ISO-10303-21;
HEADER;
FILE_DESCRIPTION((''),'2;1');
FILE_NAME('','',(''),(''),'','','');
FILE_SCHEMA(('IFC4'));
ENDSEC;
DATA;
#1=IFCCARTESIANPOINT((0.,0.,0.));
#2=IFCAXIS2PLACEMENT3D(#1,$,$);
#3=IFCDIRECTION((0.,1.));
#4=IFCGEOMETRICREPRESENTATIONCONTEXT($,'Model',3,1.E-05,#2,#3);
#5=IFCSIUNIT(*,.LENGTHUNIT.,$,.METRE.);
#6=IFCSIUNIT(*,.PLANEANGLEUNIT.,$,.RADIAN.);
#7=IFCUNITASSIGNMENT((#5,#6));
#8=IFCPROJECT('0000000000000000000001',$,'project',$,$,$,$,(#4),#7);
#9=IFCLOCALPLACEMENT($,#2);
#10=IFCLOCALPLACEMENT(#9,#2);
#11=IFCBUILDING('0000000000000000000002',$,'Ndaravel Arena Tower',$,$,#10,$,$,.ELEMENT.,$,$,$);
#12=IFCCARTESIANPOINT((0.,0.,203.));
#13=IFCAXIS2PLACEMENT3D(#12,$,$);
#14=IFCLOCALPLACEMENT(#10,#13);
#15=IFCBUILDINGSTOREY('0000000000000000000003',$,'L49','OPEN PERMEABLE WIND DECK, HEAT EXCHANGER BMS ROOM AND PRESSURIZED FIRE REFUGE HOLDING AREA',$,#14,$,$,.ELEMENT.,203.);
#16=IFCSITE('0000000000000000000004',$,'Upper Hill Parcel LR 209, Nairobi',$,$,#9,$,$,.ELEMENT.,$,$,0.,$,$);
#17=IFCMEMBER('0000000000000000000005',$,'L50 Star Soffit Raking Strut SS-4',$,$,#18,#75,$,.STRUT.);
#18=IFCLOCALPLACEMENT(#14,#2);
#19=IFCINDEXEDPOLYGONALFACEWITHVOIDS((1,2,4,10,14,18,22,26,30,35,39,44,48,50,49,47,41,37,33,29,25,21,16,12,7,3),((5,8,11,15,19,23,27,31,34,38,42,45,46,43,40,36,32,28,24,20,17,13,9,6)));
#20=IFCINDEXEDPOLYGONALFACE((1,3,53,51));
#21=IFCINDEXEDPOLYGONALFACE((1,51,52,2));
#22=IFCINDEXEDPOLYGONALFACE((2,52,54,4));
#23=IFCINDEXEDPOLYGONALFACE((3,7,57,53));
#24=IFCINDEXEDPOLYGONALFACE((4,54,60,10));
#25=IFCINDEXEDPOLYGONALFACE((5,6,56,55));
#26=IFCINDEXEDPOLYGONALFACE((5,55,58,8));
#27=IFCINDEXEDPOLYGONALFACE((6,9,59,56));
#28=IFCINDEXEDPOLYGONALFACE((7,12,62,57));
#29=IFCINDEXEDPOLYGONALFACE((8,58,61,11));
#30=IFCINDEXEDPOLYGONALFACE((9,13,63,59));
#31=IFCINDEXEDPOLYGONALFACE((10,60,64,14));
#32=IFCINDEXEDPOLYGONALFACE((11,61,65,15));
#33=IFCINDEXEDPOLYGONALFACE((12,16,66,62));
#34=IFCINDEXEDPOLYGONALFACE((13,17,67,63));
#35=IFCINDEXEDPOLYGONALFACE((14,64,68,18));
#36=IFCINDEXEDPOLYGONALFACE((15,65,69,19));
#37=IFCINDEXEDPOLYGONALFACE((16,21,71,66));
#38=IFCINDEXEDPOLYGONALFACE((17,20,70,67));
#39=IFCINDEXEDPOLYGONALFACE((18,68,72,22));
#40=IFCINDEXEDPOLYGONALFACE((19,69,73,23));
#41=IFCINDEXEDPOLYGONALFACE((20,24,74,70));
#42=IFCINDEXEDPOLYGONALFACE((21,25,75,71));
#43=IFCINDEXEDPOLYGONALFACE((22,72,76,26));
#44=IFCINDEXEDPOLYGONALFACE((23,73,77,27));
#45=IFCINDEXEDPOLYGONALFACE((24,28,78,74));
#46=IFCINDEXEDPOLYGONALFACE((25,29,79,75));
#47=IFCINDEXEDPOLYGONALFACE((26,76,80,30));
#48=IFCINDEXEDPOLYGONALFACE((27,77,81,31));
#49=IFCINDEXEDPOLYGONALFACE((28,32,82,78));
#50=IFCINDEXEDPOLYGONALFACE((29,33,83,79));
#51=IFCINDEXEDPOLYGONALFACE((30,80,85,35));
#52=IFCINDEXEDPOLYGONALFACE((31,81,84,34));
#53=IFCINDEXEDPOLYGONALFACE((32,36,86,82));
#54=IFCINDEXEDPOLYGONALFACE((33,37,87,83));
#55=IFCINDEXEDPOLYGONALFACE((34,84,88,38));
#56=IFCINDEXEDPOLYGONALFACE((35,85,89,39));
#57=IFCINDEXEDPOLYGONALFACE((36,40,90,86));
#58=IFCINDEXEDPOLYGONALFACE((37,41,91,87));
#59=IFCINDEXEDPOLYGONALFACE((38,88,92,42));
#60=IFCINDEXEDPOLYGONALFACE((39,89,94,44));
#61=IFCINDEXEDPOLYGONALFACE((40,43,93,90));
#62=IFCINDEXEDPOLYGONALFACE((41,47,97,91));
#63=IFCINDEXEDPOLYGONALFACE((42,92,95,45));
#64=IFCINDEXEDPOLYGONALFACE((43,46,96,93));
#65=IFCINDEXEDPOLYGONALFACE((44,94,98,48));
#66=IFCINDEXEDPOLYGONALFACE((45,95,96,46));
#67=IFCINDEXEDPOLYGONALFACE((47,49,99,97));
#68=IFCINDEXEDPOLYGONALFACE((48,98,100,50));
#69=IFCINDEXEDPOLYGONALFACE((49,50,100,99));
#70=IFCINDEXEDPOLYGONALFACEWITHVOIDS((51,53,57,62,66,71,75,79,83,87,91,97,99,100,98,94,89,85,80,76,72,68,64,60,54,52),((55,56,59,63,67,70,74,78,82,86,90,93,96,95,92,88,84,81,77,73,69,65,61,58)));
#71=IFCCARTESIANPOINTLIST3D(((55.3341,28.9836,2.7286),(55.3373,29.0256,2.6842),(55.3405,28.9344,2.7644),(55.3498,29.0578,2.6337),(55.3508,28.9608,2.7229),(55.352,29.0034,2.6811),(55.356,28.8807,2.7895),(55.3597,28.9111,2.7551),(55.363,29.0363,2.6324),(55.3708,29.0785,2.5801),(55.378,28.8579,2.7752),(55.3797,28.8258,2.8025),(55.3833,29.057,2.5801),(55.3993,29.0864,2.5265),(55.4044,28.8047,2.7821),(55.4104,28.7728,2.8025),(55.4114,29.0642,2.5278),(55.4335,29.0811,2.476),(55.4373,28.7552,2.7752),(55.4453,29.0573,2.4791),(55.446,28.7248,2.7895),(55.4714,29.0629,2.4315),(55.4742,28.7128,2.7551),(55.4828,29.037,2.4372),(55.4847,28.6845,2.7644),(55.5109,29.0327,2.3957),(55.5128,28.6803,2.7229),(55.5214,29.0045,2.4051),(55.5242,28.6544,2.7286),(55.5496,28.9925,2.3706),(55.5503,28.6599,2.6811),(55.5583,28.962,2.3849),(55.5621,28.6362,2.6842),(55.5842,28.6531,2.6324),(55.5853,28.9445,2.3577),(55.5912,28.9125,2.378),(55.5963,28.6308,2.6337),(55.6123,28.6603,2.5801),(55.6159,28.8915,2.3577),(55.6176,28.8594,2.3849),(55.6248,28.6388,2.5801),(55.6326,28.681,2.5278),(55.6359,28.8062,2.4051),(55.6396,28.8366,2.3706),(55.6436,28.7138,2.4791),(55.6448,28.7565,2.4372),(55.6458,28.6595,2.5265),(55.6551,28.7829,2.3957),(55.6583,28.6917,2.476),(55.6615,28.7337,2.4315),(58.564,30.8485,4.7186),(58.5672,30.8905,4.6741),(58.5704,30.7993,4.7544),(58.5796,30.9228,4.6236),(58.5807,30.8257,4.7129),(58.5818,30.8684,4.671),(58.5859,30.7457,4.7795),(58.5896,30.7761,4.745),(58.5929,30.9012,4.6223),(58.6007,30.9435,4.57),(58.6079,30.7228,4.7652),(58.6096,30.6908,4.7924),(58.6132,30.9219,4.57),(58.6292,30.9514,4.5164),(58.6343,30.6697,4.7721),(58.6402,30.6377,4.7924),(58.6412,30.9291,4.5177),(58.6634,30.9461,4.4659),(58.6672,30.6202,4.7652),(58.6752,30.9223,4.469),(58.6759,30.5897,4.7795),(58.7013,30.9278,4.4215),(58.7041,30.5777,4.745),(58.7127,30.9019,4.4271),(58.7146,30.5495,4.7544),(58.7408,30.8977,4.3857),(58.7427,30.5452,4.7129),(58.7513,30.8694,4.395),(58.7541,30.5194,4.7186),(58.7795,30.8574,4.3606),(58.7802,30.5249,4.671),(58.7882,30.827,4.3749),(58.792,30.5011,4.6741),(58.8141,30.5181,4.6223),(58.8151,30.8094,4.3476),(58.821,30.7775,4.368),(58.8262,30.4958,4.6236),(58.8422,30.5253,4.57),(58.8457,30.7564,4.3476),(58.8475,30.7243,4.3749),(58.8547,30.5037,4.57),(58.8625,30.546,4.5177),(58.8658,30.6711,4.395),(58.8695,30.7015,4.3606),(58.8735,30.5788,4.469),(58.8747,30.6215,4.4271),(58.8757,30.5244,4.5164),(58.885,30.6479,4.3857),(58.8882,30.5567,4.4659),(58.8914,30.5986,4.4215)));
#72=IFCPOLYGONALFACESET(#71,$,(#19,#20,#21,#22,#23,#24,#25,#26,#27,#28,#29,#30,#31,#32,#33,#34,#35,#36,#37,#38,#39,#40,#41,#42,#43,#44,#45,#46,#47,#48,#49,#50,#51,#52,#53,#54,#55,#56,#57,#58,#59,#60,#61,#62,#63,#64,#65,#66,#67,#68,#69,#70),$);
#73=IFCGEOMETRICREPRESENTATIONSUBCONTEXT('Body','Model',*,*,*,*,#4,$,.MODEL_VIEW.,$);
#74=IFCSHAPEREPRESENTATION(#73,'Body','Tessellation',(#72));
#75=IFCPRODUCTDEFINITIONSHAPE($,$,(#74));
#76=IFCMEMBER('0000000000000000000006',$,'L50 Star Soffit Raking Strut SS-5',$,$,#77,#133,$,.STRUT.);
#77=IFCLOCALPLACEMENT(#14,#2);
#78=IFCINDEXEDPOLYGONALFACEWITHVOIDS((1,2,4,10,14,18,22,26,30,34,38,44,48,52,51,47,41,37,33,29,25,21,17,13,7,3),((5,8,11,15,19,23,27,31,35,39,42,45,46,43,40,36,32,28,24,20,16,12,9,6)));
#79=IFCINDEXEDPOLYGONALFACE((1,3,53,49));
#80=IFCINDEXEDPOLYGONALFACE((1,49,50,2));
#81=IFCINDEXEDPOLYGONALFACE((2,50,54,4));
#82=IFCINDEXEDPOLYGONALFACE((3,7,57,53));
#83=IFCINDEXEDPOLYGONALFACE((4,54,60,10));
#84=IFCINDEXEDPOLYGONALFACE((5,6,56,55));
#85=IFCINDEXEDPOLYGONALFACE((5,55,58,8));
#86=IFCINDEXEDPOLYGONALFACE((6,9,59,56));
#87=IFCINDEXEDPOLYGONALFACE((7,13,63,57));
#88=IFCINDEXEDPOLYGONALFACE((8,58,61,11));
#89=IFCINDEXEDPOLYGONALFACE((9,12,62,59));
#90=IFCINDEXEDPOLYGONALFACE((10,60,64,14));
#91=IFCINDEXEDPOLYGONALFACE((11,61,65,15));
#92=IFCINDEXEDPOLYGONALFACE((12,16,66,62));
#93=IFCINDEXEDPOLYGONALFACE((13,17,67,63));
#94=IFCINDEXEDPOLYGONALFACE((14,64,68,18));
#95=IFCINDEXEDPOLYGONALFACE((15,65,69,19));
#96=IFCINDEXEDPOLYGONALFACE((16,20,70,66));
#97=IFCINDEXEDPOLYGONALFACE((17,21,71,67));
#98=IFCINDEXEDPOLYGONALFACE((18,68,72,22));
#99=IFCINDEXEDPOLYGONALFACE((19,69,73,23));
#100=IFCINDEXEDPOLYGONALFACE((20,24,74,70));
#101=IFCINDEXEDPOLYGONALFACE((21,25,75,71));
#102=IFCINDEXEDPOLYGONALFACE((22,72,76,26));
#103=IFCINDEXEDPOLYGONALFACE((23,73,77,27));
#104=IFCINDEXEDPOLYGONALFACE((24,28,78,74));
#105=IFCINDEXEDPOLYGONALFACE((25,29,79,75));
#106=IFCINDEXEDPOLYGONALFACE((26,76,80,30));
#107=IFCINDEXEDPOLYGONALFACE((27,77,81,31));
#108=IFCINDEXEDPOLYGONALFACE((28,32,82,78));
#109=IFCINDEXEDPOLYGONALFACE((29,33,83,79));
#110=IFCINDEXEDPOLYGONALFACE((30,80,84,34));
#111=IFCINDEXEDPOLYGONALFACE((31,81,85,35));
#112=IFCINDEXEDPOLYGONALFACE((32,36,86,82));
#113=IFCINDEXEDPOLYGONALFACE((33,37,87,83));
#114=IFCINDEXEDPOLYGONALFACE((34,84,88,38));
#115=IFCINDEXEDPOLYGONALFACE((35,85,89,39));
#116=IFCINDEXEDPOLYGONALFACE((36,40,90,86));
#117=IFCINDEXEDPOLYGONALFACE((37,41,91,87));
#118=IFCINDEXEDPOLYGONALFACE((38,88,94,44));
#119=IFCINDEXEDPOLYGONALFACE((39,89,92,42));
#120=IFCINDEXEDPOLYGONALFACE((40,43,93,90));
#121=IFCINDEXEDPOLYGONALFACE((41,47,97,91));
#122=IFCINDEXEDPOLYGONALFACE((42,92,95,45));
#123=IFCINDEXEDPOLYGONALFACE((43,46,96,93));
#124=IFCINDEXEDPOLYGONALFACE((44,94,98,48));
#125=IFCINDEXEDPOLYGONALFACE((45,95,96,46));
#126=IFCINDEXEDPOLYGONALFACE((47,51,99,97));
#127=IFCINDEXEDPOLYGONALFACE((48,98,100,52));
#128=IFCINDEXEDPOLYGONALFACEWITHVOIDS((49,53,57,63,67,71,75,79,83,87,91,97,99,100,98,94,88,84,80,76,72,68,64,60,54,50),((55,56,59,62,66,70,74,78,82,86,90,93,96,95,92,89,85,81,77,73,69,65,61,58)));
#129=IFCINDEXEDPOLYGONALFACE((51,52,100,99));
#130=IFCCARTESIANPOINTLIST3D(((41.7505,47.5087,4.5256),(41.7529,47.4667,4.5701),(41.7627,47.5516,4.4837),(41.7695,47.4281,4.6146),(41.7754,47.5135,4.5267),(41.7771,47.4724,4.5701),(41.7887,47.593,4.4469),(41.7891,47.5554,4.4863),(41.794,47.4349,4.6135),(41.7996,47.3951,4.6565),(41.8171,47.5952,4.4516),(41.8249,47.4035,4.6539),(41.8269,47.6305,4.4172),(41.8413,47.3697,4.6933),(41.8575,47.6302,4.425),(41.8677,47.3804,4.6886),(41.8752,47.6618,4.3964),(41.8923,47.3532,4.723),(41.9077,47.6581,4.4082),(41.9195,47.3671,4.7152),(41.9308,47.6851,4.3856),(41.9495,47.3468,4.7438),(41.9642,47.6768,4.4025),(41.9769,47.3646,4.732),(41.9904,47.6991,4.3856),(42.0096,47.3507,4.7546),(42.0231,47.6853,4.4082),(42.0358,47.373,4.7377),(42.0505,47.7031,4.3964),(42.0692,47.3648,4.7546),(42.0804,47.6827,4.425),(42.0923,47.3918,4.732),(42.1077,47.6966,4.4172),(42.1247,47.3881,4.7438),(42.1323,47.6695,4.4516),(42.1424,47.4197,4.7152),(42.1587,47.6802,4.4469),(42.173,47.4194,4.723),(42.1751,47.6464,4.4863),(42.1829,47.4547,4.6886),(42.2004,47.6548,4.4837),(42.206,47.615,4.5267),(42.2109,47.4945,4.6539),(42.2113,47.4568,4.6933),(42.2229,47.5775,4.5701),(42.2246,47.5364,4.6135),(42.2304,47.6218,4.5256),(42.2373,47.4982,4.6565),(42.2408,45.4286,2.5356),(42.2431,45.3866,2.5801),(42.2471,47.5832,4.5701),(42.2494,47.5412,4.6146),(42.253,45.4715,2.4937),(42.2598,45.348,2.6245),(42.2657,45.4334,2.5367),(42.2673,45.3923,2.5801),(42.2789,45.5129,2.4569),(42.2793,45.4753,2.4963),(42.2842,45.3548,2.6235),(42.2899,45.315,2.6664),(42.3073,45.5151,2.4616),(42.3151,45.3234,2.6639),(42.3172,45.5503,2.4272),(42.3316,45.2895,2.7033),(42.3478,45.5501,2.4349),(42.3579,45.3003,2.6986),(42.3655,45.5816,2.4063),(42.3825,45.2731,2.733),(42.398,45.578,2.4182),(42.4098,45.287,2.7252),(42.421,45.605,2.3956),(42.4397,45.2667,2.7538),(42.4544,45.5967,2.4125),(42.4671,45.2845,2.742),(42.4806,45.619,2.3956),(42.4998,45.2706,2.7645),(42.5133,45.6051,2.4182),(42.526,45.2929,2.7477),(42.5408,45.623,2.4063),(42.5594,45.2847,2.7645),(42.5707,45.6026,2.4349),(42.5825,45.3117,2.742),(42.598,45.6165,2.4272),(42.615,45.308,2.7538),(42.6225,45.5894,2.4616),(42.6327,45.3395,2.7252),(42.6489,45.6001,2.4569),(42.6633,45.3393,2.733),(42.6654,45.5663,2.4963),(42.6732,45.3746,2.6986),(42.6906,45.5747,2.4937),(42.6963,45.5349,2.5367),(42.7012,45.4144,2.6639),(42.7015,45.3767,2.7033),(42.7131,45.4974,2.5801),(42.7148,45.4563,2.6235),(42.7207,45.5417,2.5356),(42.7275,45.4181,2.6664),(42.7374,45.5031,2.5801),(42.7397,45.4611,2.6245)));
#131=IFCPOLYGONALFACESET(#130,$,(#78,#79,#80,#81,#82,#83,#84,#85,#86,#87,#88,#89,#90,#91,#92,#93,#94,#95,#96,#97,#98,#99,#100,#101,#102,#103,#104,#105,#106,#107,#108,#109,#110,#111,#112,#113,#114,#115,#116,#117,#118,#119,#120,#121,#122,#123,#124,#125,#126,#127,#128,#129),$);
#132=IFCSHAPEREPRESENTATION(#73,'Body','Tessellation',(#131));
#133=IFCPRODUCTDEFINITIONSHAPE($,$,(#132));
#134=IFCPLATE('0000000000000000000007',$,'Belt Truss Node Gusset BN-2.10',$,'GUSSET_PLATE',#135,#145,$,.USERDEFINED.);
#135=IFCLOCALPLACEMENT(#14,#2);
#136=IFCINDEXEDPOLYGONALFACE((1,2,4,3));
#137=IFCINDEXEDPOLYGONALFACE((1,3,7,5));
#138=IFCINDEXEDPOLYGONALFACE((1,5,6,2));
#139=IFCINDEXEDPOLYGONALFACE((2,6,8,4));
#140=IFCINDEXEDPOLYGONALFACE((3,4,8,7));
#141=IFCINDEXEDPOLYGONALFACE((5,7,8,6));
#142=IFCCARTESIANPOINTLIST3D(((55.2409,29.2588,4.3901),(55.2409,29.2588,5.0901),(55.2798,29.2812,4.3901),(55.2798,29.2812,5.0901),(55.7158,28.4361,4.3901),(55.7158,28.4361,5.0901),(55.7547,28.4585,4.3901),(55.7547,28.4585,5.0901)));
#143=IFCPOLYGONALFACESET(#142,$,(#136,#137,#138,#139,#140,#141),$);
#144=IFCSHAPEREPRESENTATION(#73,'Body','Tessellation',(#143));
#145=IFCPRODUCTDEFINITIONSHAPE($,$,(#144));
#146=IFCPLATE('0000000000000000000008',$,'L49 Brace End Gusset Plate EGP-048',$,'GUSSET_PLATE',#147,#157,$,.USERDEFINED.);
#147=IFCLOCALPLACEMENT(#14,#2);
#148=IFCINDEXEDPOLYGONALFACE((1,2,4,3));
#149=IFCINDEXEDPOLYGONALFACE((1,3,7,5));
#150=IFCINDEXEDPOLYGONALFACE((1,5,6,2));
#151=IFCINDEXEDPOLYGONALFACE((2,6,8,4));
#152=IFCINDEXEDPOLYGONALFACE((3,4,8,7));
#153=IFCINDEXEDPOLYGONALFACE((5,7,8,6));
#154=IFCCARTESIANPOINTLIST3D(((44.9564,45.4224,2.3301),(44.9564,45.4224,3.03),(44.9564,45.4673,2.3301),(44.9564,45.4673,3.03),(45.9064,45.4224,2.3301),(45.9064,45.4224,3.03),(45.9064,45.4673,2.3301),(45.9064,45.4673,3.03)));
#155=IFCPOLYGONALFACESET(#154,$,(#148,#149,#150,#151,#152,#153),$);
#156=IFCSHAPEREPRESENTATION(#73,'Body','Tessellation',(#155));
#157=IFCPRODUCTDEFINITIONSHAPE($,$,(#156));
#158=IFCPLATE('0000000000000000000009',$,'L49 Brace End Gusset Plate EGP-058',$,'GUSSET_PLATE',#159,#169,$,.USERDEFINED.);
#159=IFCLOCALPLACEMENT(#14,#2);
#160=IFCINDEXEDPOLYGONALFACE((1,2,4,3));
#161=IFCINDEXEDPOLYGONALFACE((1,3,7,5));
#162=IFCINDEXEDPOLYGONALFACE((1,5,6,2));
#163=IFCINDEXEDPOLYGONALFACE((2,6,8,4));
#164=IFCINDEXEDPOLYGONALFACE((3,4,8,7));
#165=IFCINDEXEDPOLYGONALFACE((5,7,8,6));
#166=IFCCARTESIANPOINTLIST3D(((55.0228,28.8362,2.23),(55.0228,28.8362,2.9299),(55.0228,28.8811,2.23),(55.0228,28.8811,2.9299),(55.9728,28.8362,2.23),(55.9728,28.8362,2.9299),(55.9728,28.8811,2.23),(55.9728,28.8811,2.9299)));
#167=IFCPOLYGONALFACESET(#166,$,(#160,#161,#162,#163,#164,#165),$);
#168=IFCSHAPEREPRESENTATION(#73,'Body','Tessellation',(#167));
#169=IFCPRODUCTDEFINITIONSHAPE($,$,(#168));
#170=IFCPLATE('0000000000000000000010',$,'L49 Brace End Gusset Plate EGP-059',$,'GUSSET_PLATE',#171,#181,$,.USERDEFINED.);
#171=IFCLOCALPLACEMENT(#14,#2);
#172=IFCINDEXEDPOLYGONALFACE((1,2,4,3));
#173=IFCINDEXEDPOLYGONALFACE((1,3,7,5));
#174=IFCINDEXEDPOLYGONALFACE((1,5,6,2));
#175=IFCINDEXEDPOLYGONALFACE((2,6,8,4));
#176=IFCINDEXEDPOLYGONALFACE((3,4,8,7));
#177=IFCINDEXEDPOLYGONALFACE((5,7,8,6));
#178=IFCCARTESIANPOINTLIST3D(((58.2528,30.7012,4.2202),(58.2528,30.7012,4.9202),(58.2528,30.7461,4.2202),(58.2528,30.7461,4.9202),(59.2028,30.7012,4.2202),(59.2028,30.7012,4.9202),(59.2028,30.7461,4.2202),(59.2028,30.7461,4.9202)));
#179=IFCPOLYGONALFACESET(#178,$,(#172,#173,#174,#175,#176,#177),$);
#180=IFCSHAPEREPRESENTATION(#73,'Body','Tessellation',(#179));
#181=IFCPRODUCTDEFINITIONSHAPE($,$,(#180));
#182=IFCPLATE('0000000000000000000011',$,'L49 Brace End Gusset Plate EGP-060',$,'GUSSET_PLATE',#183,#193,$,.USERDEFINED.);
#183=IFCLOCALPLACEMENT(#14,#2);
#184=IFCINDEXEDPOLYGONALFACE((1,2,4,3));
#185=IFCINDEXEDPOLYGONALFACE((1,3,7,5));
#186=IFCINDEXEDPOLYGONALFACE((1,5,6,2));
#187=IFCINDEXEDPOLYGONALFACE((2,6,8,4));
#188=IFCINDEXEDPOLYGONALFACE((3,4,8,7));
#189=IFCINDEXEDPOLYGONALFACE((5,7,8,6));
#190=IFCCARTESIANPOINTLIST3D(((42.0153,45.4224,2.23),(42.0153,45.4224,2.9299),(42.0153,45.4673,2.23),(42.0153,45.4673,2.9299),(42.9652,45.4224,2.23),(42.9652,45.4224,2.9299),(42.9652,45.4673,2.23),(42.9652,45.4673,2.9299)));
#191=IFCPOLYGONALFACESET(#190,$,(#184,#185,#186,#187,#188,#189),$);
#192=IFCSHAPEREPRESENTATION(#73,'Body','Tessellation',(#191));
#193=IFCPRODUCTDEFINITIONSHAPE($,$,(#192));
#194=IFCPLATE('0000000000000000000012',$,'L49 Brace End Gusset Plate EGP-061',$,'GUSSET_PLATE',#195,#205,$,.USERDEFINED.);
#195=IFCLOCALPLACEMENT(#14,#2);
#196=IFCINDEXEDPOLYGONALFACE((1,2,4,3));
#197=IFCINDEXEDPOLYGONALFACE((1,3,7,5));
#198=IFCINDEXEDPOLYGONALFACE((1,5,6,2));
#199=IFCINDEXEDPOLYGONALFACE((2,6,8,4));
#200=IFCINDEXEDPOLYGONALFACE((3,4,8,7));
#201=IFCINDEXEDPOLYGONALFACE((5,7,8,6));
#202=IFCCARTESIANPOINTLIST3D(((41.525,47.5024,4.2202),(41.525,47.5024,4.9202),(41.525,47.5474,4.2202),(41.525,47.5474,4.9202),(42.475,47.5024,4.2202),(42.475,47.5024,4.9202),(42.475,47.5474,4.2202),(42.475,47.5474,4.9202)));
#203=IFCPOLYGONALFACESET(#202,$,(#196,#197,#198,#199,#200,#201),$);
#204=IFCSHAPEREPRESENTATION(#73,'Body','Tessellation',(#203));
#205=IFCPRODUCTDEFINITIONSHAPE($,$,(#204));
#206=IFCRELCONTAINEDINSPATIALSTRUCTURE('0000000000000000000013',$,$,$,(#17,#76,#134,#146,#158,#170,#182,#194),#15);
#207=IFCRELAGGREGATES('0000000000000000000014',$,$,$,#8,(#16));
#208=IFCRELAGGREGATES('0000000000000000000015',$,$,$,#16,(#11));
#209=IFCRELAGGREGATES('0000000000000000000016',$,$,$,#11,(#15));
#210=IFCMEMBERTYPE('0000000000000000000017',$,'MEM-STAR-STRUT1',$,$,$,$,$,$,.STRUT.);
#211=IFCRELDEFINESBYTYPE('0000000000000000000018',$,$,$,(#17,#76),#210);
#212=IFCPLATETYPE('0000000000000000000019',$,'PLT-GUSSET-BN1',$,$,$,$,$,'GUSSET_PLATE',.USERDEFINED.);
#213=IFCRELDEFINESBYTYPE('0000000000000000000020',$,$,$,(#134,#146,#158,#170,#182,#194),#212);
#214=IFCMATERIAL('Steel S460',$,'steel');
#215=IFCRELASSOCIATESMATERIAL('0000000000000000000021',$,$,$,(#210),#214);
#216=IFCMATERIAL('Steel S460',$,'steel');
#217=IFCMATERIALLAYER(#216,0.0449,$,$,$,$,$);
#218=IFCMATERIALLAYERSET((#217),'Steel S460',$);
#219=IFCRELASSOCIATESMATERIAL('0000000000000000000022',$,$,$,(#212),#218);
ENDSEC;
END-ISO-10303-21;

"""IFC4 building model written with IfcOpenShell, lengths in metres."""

from ifc_helpers import new_model, si_unit, direction, frame, origin, origin_2d, place, context, subcontext, project, spatial, rectangle, hollow_circle, extrude, material, layer, layer_set, material_profile, profile_set, type_object, element, save


model = new_model("IFC4")

# Units and contexts
model_context = context("Model", 3, precision=1e-05, world=origin(), true_north=direction((0.0, 1.0)))
body_context = subcontext(model_context, "Body", "Model", "MODEL_VIEW")
ifc_project = project(units=[si_unit("LENGTHUNIT", "METRE"), si_unit("PLANEANGLEUNIT", "RADIAN")], contexts=[model_context])

# Site, building, storey
site_placement = place(None, origin())
site = spatial("IfcSite", under=ifc_project, at=site_placement, Name="Upper Hill Parcel LR 209, Nairobi", CompositionType="ELEMENT", RefElevation=0.0)
building_placement = place(site_placement, origin())
building = spatial("IfcBuilding", under=site, at=building_placement, Name="Ndaravel Arena Tower", CompositionType="ELEMENT")
storey_placement = place(building_placement, frame((0.0, 0.0, 203.0)))
storey = spatial("IfcBuildingStorey", under=building, at=storey_placement, Name="L49", Description="OPEN PERMEABLE WIND DECK, HEAT EXCHANGER BMS ROOM AND PRESSURIZED FIRE REFUGE HOLDING AREA", CompositionType="ELEMENT", Elevation=203.0)

# Members
ifc_material_1 = material(Name="Steel S460", Category="steel")
ifc_material_profile_1 = material_profile(ifc_material_1, hollow_circle(Radius=0.2539, WallThickness=0.0249, at=origin_2d()), Name="CHS 508x25")
ifc_profile_set_1 = profile_set([ifc_material_profile_1], Name="Steel S460")
member_type_1 = type_object("IfcMemberType", Name="MEM-STAR-STRUT1", PredefinedType="STRUT", material=ifc_profile_set_1)
member_1_placement = place(storey_placement, frame((55.4978, 28.8586, 2.5801), z_axis=(0.764056, 0.441166, 0.470735), x_axis=(-0.500032, 0.866007, 0.0)))
element("IfcMember", 1, at=member_1_placement, inside=storey, type_object=member_type_1, Name="L50 Star Soffit Raking Strut SS-4", PredefinedType="STRUT", context=body_context, shape_type="SweptSolid", body=[
    extrude(hollow_circle(Radius=0.2539, WallThickness=0.0249, at=origin_2d()), origin(), (0.0, 0.0, 1.0), 4.2273),
])
member_2_placement = place(storey_placement, frame((42.4902, 45.4448, 2.5801), z_axis=(-0.167881, 0.712326, 0.681475), x_axis=(-0.973333, -0.229396, 0.0)))
element("IfcMember", 2, at=member_2_placement, inside=storey, type_object=member_type_1, Name="L50 Star Soffit Raking Strut SS-5", PredefinedType="STRUT", context=body_context, shape_type="SweptSolid", body=[
    extrude(hollow_circle(Radius=0.2539, WallThickness=0.0249, at=origin_2d()), origin(), (0.0, 0.0, 1.0), 2.9202),
])

# Plates
ifc_material_2 = material(Name="Steel S460", Category="steel")
ifc_layer_1 = layer(ifc_material_2, 0.0449)
ifc_layer_set_1 = layer_set([ifc_layer_1], Name="Steel S460")
plate_type_1 = type_object("IfcPlateType", Name="PLT-GUSSET-BN1", ElementType="GUSSET_PLATE", PredefinedType="USERDEFINED", material=ifc_layer_set_1)
for number, where, z_axis, x_axis, name in (
    (3, (55.4978, 28.8586, 4.3901), (0.0, 0.0, 1.0), (-0.5, 0.866025, 0.0), "Belt Truss Node Gusset BN-2.10"),
    (4, (45.4314, 45.4448, 2.3301), (0.0, 0.0, 1.0), (1.0, 0.0, 0.0), "L49 Brace End Gusset Plate EGP-048"),
    (5, (55.4978, 28.8586, 2.23), (0.0, 0.0, 1.0), (1.0, 0.0, 0.0), "L49 Brace End Gusset Plate EGP-058"),
    (6, (58.7278, 30.7236, 4.2202), (0.0, 0.0, 1.0), (1.0, 0.0, 0.0), "L49 Brace End Gusset Plate EGP-059"),
    (7, (42.4902, 45.4448, 2.23), (0.0, 0.0, 1.0), (1.0, 0.0, 0.0), "L49 Brace End Gusset Plate EGP-060"),
    (8, (42.0, 47.5249, 4.2202), (0.0, 0.0, 1.0), (1.0, 0.0, 0.0), "L49 Brace End Gusset Plate EGP-061"),
):
    element("IfcPlate", number, at=place(storey_placement, frame(where, z_axis=z_axis, x_axis=x_axis)), inside=storey, type_object=plate_type_1, Name=name, ObjectType="GUSSET_PLATE", PredefinedType="USERDEFINED", context=body_context, shape_type="SweptSolid", body=[
        extrude(rectangle(XDim=0.95, YDim=0.0449, at=origin_2d()), origin(), (0.0, 0.0, 1.0), 0.7),
    ])

save(model, "model.ifc")
